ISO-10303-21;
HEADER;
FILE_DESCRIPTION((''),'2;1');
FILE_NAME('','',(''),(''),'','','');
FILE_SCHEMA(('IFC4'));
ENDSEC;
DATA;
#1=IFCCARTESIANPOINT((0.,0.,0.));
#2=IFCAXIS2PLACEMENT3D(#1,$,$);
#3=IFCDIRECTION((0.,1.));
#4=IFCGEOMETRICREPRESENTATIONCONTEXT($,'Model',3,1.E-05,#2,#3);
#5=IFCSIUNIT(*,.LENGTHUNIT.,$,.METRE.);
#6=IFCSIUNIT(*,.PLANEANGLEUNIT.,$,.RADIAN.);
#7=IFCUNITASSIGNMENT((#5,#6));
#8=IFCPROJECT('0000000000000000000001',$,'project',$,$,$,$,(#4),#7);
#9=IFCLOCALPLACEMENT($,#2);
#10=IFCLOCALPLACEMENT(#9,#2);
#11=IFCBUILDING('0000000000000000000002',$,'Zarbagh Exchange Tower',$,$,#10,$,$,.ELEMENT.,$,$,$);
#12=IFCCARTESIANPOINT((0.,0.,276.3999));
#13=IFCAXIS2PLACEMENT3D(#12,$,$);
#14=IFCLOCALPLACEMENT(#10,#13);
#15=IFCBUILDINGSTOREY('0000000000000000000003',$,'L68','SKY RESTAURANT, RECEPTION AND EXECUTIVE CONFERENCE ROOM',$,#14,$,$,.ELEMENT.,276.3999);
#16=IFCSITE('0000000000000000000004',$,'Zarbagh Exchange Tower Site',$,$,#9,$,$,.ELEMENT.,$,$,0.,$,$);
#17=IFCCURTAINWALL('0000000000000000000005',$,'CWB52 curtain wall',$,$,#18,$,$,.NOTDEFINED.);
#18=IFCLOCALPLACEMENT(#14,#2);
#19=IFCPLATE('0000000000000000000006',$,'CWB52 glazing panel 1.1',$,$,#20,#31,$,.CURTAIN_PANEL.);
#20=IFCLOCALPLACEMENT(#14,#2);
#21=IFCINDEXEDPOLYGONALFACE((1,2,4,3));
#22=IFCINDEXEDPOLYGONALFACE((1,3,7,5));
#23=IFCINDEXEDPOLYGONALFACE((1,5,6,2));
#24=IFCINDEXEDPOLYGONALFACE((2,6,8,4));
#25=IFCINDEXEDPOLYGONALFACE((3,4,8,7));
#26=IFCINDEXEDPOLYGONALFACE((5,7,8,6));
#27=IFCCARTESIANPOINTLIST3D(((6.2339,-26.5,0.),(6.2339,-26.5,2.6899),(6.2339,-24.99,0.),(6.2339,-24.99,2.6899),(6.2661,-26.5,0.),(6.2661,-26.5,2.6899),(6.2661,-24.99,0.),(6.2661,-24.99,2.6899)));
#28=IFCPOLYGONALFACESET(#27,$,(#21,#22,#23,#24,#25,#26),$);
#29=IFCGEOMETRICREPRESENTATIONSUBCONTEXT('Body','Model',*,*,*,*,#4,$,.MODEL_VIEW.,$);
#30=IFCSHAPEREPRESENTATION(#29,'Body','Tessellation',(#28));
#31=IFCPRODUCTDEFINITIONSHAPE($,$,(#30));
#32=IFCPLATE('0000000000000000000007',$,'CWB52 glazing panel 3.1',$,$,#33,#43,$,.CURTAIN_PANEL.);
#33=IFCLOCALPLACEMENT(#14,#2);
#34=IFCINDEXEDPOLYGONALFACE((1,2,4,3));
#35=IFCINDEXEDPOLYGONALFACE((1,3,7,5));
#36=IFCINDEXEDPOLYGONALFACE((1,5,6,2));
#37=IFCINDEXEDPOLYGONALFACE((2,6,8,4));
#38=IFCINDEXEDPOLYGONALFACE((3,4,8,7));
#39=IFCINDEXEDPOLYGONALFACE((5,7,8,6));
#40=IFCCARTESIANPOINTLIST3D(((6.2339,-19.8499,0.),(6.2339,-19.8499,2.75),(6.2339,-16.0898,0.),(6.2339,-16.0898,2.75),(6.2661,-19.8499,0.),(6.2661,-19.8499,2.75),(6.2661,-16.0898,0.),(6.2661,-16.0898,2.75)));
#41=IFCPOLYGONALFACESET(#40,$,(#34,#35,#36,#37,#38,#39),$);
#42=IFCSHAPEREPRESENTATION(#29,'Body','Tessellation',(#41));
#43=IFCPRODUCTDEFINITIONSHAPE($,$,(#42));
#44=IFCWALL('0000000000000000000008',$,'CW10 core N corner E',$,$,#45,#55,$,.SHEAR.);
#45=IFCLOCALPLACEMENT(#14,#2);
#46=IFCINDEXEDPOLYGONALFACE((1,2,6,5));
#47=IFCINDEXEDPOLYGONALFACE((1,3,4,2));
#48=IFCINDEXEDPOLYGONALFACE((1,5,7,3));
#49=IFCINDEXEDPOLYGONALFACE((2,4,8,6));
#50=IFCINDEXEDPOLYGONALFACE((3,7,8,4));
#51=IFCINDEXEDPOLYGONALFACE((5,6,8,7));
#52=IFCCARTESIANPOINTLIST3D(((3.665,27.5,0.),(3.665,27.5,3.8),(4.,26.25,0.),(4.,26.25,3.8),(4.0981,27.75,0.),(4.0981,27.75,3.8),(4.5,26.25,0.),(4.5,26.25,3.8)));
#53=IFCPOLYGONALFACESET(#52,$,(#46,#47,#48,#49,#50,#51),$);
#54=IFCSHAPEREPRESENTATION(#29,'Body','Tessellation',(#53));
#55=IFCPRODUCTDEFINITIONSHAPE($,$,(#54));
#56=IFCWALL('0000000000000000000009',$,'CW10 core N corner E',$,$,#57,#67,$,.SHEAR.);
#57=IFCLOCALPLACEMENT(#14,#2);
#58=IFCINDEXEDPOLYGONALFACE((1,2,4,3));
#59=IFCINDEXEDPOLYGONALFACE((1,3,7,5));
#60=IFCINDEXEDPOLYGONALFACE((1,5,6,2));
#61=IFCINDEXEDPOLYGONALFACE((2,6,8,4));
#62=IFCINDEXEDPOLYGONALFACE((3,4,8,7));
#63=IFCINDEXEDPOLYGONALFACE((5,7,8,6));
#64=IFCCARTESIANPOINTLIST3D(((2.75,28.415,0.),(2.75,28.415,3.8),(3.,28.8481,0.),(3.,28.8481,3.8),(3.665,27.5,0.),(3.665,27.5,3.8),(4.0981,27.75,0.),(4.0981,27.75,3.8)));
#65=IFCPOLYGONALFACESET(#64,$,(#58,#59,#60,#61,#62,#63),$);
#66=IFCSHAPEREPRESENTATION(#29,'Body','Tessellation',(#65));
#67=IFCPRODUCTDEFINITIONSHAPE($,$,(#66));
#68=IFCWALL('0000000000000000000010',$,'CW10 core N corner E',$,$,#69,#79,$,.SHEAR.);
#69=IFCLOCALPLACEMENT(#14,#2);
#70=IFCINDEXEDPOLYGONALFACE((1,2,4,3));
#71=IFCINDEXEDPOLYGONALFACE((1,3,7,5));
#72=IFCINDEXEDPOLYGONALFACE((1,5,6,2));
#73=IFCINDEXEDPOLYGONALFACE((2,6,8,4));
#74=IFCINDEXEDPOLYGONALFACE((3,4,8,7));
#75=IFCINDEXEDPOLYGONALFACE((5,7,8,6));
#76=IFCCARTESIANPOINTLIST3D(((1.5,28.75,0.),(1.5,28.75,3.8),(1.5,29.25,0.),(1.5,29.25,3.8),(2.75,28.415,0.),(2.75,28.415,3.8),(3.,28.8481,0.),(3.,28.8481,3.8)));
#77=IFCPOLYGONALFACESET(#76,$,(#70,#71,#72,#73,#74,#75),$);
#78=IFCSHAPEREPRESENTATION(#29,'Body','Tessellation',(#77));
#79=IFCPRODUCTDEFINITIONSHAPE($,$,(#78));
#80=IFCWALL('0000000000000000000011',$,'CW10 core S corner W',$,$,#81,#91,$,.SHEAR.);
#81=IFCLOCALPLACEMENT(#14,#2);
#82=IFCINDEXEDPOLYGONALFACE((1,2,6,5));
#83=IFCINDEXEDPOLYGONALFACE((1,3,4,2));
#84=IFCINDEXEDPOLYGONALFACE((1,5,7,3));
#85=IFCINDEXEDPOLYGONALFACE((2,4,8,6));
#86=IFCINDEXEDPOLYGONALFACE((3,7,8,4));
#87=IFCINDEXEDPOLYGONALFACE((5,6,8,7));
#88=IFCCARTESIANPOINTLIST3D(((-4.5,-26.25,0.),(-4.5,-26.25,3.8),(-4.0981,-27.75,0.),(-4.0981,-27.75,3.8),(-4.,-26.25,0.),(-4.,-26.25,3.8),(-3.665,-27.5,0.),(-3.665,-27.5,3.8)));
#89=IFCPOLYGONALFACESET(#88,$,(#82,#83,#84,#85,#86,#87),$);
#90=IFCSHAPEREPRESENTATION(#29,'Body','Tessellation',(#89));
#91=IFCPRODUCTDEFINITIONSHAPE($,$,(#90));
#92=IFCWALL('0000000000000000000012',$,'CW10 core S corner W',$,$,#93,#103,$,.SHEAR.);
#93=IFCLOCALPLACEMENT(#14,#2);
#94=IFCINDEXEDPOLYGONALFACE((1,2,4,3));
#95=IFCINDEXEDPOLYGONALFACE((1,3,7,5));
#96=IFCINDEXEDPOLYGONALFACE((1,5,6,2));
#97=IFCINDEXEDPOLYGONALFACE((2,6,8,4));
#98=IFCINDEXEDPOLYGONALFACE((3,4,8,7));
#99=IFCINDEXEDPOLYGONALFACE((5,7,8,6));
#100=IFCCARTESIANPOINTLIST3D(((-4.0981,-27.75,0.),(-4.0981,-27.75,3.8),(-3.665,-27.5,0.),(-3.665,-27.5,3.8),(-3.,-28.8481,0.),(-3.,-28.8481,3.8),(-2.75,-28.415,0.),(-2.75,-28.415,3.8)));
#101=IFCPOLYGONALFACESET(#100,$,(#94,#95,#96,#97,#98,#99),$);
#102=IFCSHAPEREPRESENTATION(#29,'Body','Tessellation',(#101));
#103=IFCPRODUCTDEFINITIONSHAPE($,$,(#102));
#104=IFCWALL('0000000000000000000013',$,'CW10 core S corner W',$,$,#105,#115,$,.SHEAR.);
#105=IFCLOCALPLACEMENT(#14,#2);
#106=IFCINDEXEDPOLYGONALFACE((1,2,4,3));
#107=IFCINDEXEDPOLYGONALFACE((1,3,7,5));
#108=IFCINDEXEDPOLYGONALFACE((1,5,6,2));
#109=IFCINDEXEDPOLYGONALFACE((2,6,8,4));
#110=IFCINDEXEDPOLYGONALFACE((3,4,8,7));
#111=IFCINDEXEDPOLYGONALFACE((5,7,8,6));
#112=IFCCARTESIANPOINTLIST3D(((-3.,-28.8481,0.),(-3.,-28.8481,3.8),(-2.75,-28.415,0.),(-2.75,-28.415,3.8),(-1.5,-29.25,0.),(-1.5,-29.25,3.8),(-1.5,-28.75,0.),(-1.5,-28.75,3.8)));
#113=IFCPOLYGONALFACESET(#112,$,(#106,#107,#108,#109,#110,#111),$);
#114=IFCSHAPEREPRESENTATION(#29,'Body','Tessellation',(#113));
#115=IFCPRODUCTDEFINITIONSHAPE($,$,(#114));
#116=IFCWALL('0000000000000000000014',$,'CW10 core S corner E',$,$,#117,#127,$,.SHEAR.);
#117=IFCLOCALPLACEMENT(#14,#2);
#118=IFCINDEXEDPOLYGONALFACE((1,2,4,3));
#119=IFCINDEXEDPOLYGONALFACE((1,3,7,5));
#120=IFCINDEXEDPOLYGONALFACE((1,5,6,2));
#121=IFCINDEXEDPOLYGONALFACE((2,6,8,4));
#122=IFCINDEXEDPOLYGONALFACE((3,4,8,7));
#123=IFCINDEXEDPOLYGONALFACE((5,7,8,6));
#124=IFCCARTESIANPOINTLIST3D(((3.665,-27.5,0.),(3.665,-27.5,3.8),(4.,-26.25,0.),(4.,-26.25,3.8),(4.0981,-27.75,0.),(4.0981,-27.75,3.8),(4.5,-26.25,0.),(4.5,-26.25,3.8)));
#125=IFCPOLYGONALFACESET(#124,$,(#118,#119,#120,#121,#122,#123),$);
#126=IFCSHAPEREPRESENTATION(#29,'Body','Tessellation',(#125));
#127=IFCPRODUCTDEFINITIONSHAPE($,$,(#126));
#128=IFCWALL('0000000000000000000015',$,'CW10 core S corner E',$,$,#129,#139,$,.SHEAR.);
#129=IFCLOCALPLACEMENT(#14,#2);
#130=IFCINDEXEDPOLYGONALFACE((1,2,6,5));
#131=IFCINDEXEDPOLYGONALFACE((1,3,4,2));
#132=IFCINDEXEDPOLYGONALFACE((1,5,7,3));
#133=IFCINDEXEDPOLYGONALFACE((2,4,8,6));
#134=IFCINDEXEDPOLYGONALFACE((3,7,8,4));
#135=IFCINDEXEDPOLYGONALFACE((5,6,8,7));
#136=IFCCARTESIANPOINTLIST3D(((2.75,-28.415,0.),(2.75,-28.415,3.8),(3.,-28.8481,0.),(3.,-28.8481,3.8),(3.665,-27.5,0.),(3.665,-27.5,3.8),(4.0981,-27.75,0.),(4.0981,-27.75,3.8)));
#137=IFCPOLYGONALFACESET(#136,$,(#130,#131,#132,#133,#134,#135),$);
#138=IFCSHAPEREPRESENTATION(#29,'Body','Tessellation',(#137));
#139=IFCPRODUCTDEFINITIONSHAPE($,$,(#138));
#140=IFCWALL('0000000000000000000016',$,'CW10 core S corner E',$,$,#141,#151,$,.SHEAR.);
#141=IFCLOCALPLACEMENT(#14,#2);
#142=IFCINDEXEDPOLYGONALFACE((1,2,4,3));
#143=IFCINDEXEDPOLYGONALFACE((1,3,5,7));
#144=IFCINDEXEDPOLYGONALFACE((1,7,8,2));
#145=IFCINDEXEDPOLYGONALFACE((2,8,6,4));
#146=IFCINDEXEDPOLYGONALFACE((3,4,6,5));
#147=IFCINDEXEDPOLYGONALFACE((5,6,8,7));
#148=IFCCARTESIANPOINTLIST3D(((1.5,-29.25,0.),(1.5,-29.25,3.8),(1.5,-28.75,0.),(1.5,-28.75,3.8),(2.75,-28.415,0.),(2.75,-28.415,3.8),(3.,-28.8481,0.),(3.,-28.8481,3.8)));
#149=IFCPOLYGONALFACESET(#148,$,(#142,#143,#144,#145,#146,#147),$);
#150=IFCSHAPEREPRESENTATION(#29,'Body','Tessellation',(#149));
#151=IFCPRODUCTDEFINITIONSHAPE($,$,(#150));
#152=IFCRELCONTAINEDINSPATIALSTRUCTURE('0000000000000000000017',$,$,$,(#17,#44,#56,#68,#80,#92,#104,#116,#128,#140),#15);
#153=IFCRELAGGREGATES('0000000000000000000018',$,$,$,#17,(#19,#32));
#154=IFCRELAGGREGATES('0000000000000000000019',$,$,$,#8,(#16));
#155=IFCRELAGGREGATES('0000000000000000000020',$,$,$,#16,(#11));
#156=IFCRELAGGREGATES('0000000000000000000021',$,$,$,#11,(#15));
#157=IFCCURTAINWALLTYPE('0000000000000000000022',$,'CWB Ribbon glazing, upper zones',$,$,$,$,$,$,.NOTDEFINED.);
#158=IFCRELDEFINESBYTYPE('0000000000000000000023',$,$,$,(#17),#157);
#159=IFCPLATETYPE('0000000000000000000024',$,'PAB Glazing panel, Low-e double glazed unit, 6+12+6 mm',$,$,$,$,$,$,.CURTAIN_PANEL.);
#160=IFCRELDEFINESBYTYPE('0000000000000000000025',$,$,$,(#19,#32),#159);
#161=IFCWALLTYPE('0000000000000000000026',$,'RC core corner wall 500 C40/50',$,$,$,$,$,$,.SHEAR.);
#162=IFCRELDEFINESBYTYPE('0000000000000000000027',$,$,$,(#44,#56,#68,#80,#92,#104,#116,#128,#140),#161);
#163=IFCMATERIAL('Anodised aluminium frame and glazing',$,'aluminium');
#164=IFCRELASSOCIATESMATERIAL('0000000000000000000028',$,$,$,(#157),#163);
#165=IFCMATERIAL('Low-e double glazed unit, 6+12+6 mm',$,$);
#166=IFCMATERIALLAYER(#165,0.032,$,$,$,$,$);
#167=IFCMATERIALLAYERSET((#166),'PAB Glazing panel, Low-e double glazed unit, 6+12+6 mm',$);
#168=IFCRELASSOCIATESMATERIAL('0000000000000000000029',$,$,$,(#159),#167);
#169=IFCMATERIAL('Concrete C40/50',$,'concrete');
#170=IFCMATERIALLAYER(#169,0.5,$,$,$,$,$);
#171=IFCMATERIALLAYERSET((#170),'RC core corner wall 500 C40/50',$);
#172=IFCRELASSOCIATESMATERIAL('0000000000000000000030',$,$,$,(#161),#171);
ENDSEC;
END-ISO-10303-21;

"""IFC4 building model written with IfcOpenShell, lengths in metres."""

from ifc_helpers import new_model, si_unit, direction, frame, origin, place, context, subcontext, project, spatial, polyline, outline, extrude, source, transform, mapped, material, layer, layer_set, type_object, element, aggregate, save


model = new_model("IFC4")

# Units and contexts
model_context = context("Model", 3, precision=1e-05, world=origin(), true_north=direction((0.0, 1.0)))
body_context = subcontext(model_context, "Body", "Model", "MODEL_VIEW")
ifc_project = project(units=[si_unit("LENGTHUNIT", "METRE"), si_unit("PLANEANGLEUNIT", "RADIAN")], contexts=[model_context])

# Site, building, storey
site_placement = place(None, origin())
site = spatial("IfcSite", under=ifc_project, at=site_placement, Name="Zarbagh Exchange Tower Site", CompositionType="ELEMENT", RefElevation=0.0)
building_placement = place(site_placement, origin())
building = spatial("IfcBuilding", under=site, at=building_placement, Name="Zarbagh Exchange Tower", CompositionType="ELEMENT")
storey_placement = place(building_placement, frame((0.0, 0.0, 276.3999)))
storey = spatial("IfcBuildingStorey", under=building, at=storey_placement, Name="L68", Description="SKY RESTAURANT, RECEPTION AND EXECUTIVE CONFERENCE ROOM", CompositionType="ELEMENT", Elevation=276.3999)

# Shared definitions
ifc_material_1 = material(Name="Anodised aluminium frame and glazing", Category="aluminium")
curtain_wall_type = type_object("IfcCurtainWallType", Name="CWB Ribbon glazing, upper zones", PredefinedType="NOTDEFINED", material=ifc_material_1)
placement = place(storey_placement, origin())

# Curtain wall
curtain_wall_1_placement = place(storey_placement, origin())
curtain_wall_1 = element("IfcCurtainWall", 1, at=curtain_wall_1_placement, inside=storey, type_object=curtain_wall_type, Name="CWB52 curtain wall", PredefinedType="NOTDEFINED")

# Shared definitions
ifc_material_2 = material(Name="Concrete C40/50", Category="concrete")

# Shared definitions
ifc_material_3 = material(Name="Low-e double glazed unit, 6+12+6 mm")
ifc_layer_1 = layer(ifc_material_3, 0.032)
ifc_layer_set_1 = layer_set([ifc_layer_1], Name="PAB Glazing panel, Low-e double glazed unit, 6+12+6 mm")
plate_type = type_object("IfcPlateType", Name="PAB Glazing panel, Low-e double glazed unit, 6+12+6 mm", PredefinedType="CURTAIN_PANEL", material=ifc_layer_set_1)

# Plates
shared_shape_1 = source(origin(), body_context, "Body", "SweptSolid", [
    extrude(outline(polyline([(0.0, -0.0161), (1.51, -0.0161), (1.51, 0.0161), (0.0, 0.0161), (0.0, -0.0161)])), origin(), (0.0, 0.0, 1.0), 2.6899),
])
plate_1 = element("IfcPlate", 2, at=placement, type_object=plate_type, Name="CWB52 glazing panel 1.1", PredefinedType="CURTAIN_PANEL", context=body_context, shape_type="MappedRepresentation", body=[
    mapped(shared_shape_1, transform((6.25, -26.5, 0.0), x_axis=(0.0, 1.0, 0.0), y_axis=(-1.0, 0.0, 0.0), z_axis=(0.0, 0.0, 1.0))),
])
shared_shape_2 = source(origin(), body_context, "Body", "SweptSolid", [
    extrude(outline(polyline([(0.0, -0.0161), (3.76, -0.0161), (3.76, 0.0161), (0.0, 0.0161), (0.0, -0.0161)])), origin(), (0.0, 0.0, 1.0), 2.75),
])
plate_2 = element("IfcPlate", 3, at=placement, type_object=plate_type, Name="CWB52 glazing panel 3.1", PredefinedType="CURTAIN_PANEL", context=body_context, shape_type="MappedRepresentation", body=[
    mapped(shared_shape_2, transform((6.25, -19.8499, 0.0), x_axis=(0.0, 1.0, 0.0), y_axis=(-1.0, 0.0, 0.0), z_axis=(0.0, 0.0, 1.0))),
])
aggregate(curtain_wall_1, [plate_1, plate_2])

# Walls
ifc_layer_2 = layer(ifc_material_2, 0.5)
ifc_layer_set_2 = layer_set([ifc_layer_2], Name="RC core corner wall 500 C40/50")
wall_type = type_object("IfcWallType", Name="RC core corner wall 500 C40/50", PredefinedType="SHEAR", material=ifc_layer_set_2)
wall_1_placement = place(storey_placement, origin())
element("IfcWall", 4, at=wall_1_placement, inside=storey, type_object=wall_type, Name="CW10 core N corner E", PredefinedType="SHEAR", context=body_context, shape_type="SweptSolid", body=[
    extrude(outline(polyline([(4.5, 26.25), (4.0981, 27.75), (3.665, 27.5), (4.0, 26.25), (4.5, 26.25)])), origin(), (0.0, 0.0, 1.0), 3.8),
])
wall_2_placement = place(storey_placement, origin())
element("IfcWall", 5, at=wall_2_placement, inside=storey, type_object=wall_type, Name="CW10 core N corner E", PredefinedType="SHEAR", context=body_context, shape_type="SweptSolid", body=[
    extrude(outline(polyline([(4.0981, 27.75), (3.0, 28.8481), (2.75, 28.415), (3.665, 27.5), (4.0981, 27.75)])), origin(), (0.0, 0.0, 1.0), 3.8),
])
wall_3_placement = place(storey_placement, origin())
element("IfcWall", 6, at=wall_3_placement, inside=storey, type_object=wall_type, Name="CW10 core N corner E", PredefinedType="SHEAR", context=body_context, shape_type="SweptSolid", body=[
    extrude(outline(polyline([(3.0, 28.8481), (1.5, 29.25), (1.5, 28.75), (2.75, 28.415), (3.0, 28.8481)])), origin(), (0.0, 0.0, 1.0), 3.8),
])
wall_4_placement = place(storey_placement, origin())
element("IfcWall", 7, at=wall_4_placement, inside=storey, type_object=wall_type, Name="CW10 core S corner W", PredefinedType="SHEAR", context=body_context, shape_type="SweptSolid", body=[
    extrude(outline(polyline([(-4.5, -26.25), (-4.0981, -27.75), (-3.665, -27.5), (-4.0, -26.25), (-4.5, -26.25)])), origin(), (0.0, 0.0, 1.0), 3.8),
])
wall_5_placement = place(storey_placement, origin())
element("IfcWall", 8, at=wall_5_placement, inside=storey, type_object=wall_type, Name="CW10 core S corner W", PredefinedType="SHEAR", context=body_context, shape_type="SweptSolid", body=[
    extrude(outline(polyline([(-4.0981, -27.75), (-3.0, -28.8481), (-2.75, -28.415), (-3.665, -27.5), (-4.0981, -27.75)])), origin(), (0.0, 0.0, 1.0), 3.8),
])
wall_6_placement = place(storey_placement, origin())
element("IfcWall", 9, at=wall_6_placement, inside=storey, type_object=wall_type, Name="CW10 core S corner W", PredefinedType="SHEAR", context=body_context, shape_type="SweptSolid", body=[
    extrude(outline(polyline([(-3.0, -28.8481), (-1.5, -29.25), (-1.5, -28.75), (-2.75, -28.415), (-3.0, -28.8481)])), origin(), (0.0, 0.0, 1.0), 3.8),
])
wall_7_placement = place(storey_placement, origin())
element("IfcWall", 10, at=wall_7_placement, inside=storey, type_object=wall_type, Name="CW10 core S corner E", PredefinedType="SHEAR", context=body_context, shape_type="SweptSolid", body=[
    extrude(outline(polyline([(4.5, -26.25), (4.0981, -27.75), (3.665, -27.5), (4.0, -26.25), (4.5, -26.25)])), origin(), (0.0, 0.0, 1.0), 3.8),
])
wall_8_placement = place(storey_placement, origin())
element("IfcWall", 11, at=wall_8_placement, inside=storey, type_object=wall_type, Name="CW10 core S corner E", PredefinedType="SHEAR", context=body_context, shape_type="SweptSolid", body=[
    extrude(outline(polyline([(4.0981, -27.75), (3.0, -28.8481), (2.75, -28.415), (3.665, -27.5), (4.0981, -27.75)])), origin(), (0.0, 0.0, 1.0), 3.8),
])
wall_9_placement = place(storey_placement, origin())
element("IfcWall", 12, at=wall_9_placement, inside=storey, type_object=wall_type, Name="CW10 core S corner E", PredefinedType="SHEAR", context=body_context, shape_type="SweptSolid", body=[
    extrude(outline(polyline([(3.0, -28.8481), (1.5, -29.25), (1.5, -28.75), (2.75, -28.415), (3.0, -28.8481)])), origin(), (0.0, 0.0, 1.0), 3.8),
])

save(model, "model.ifc")
